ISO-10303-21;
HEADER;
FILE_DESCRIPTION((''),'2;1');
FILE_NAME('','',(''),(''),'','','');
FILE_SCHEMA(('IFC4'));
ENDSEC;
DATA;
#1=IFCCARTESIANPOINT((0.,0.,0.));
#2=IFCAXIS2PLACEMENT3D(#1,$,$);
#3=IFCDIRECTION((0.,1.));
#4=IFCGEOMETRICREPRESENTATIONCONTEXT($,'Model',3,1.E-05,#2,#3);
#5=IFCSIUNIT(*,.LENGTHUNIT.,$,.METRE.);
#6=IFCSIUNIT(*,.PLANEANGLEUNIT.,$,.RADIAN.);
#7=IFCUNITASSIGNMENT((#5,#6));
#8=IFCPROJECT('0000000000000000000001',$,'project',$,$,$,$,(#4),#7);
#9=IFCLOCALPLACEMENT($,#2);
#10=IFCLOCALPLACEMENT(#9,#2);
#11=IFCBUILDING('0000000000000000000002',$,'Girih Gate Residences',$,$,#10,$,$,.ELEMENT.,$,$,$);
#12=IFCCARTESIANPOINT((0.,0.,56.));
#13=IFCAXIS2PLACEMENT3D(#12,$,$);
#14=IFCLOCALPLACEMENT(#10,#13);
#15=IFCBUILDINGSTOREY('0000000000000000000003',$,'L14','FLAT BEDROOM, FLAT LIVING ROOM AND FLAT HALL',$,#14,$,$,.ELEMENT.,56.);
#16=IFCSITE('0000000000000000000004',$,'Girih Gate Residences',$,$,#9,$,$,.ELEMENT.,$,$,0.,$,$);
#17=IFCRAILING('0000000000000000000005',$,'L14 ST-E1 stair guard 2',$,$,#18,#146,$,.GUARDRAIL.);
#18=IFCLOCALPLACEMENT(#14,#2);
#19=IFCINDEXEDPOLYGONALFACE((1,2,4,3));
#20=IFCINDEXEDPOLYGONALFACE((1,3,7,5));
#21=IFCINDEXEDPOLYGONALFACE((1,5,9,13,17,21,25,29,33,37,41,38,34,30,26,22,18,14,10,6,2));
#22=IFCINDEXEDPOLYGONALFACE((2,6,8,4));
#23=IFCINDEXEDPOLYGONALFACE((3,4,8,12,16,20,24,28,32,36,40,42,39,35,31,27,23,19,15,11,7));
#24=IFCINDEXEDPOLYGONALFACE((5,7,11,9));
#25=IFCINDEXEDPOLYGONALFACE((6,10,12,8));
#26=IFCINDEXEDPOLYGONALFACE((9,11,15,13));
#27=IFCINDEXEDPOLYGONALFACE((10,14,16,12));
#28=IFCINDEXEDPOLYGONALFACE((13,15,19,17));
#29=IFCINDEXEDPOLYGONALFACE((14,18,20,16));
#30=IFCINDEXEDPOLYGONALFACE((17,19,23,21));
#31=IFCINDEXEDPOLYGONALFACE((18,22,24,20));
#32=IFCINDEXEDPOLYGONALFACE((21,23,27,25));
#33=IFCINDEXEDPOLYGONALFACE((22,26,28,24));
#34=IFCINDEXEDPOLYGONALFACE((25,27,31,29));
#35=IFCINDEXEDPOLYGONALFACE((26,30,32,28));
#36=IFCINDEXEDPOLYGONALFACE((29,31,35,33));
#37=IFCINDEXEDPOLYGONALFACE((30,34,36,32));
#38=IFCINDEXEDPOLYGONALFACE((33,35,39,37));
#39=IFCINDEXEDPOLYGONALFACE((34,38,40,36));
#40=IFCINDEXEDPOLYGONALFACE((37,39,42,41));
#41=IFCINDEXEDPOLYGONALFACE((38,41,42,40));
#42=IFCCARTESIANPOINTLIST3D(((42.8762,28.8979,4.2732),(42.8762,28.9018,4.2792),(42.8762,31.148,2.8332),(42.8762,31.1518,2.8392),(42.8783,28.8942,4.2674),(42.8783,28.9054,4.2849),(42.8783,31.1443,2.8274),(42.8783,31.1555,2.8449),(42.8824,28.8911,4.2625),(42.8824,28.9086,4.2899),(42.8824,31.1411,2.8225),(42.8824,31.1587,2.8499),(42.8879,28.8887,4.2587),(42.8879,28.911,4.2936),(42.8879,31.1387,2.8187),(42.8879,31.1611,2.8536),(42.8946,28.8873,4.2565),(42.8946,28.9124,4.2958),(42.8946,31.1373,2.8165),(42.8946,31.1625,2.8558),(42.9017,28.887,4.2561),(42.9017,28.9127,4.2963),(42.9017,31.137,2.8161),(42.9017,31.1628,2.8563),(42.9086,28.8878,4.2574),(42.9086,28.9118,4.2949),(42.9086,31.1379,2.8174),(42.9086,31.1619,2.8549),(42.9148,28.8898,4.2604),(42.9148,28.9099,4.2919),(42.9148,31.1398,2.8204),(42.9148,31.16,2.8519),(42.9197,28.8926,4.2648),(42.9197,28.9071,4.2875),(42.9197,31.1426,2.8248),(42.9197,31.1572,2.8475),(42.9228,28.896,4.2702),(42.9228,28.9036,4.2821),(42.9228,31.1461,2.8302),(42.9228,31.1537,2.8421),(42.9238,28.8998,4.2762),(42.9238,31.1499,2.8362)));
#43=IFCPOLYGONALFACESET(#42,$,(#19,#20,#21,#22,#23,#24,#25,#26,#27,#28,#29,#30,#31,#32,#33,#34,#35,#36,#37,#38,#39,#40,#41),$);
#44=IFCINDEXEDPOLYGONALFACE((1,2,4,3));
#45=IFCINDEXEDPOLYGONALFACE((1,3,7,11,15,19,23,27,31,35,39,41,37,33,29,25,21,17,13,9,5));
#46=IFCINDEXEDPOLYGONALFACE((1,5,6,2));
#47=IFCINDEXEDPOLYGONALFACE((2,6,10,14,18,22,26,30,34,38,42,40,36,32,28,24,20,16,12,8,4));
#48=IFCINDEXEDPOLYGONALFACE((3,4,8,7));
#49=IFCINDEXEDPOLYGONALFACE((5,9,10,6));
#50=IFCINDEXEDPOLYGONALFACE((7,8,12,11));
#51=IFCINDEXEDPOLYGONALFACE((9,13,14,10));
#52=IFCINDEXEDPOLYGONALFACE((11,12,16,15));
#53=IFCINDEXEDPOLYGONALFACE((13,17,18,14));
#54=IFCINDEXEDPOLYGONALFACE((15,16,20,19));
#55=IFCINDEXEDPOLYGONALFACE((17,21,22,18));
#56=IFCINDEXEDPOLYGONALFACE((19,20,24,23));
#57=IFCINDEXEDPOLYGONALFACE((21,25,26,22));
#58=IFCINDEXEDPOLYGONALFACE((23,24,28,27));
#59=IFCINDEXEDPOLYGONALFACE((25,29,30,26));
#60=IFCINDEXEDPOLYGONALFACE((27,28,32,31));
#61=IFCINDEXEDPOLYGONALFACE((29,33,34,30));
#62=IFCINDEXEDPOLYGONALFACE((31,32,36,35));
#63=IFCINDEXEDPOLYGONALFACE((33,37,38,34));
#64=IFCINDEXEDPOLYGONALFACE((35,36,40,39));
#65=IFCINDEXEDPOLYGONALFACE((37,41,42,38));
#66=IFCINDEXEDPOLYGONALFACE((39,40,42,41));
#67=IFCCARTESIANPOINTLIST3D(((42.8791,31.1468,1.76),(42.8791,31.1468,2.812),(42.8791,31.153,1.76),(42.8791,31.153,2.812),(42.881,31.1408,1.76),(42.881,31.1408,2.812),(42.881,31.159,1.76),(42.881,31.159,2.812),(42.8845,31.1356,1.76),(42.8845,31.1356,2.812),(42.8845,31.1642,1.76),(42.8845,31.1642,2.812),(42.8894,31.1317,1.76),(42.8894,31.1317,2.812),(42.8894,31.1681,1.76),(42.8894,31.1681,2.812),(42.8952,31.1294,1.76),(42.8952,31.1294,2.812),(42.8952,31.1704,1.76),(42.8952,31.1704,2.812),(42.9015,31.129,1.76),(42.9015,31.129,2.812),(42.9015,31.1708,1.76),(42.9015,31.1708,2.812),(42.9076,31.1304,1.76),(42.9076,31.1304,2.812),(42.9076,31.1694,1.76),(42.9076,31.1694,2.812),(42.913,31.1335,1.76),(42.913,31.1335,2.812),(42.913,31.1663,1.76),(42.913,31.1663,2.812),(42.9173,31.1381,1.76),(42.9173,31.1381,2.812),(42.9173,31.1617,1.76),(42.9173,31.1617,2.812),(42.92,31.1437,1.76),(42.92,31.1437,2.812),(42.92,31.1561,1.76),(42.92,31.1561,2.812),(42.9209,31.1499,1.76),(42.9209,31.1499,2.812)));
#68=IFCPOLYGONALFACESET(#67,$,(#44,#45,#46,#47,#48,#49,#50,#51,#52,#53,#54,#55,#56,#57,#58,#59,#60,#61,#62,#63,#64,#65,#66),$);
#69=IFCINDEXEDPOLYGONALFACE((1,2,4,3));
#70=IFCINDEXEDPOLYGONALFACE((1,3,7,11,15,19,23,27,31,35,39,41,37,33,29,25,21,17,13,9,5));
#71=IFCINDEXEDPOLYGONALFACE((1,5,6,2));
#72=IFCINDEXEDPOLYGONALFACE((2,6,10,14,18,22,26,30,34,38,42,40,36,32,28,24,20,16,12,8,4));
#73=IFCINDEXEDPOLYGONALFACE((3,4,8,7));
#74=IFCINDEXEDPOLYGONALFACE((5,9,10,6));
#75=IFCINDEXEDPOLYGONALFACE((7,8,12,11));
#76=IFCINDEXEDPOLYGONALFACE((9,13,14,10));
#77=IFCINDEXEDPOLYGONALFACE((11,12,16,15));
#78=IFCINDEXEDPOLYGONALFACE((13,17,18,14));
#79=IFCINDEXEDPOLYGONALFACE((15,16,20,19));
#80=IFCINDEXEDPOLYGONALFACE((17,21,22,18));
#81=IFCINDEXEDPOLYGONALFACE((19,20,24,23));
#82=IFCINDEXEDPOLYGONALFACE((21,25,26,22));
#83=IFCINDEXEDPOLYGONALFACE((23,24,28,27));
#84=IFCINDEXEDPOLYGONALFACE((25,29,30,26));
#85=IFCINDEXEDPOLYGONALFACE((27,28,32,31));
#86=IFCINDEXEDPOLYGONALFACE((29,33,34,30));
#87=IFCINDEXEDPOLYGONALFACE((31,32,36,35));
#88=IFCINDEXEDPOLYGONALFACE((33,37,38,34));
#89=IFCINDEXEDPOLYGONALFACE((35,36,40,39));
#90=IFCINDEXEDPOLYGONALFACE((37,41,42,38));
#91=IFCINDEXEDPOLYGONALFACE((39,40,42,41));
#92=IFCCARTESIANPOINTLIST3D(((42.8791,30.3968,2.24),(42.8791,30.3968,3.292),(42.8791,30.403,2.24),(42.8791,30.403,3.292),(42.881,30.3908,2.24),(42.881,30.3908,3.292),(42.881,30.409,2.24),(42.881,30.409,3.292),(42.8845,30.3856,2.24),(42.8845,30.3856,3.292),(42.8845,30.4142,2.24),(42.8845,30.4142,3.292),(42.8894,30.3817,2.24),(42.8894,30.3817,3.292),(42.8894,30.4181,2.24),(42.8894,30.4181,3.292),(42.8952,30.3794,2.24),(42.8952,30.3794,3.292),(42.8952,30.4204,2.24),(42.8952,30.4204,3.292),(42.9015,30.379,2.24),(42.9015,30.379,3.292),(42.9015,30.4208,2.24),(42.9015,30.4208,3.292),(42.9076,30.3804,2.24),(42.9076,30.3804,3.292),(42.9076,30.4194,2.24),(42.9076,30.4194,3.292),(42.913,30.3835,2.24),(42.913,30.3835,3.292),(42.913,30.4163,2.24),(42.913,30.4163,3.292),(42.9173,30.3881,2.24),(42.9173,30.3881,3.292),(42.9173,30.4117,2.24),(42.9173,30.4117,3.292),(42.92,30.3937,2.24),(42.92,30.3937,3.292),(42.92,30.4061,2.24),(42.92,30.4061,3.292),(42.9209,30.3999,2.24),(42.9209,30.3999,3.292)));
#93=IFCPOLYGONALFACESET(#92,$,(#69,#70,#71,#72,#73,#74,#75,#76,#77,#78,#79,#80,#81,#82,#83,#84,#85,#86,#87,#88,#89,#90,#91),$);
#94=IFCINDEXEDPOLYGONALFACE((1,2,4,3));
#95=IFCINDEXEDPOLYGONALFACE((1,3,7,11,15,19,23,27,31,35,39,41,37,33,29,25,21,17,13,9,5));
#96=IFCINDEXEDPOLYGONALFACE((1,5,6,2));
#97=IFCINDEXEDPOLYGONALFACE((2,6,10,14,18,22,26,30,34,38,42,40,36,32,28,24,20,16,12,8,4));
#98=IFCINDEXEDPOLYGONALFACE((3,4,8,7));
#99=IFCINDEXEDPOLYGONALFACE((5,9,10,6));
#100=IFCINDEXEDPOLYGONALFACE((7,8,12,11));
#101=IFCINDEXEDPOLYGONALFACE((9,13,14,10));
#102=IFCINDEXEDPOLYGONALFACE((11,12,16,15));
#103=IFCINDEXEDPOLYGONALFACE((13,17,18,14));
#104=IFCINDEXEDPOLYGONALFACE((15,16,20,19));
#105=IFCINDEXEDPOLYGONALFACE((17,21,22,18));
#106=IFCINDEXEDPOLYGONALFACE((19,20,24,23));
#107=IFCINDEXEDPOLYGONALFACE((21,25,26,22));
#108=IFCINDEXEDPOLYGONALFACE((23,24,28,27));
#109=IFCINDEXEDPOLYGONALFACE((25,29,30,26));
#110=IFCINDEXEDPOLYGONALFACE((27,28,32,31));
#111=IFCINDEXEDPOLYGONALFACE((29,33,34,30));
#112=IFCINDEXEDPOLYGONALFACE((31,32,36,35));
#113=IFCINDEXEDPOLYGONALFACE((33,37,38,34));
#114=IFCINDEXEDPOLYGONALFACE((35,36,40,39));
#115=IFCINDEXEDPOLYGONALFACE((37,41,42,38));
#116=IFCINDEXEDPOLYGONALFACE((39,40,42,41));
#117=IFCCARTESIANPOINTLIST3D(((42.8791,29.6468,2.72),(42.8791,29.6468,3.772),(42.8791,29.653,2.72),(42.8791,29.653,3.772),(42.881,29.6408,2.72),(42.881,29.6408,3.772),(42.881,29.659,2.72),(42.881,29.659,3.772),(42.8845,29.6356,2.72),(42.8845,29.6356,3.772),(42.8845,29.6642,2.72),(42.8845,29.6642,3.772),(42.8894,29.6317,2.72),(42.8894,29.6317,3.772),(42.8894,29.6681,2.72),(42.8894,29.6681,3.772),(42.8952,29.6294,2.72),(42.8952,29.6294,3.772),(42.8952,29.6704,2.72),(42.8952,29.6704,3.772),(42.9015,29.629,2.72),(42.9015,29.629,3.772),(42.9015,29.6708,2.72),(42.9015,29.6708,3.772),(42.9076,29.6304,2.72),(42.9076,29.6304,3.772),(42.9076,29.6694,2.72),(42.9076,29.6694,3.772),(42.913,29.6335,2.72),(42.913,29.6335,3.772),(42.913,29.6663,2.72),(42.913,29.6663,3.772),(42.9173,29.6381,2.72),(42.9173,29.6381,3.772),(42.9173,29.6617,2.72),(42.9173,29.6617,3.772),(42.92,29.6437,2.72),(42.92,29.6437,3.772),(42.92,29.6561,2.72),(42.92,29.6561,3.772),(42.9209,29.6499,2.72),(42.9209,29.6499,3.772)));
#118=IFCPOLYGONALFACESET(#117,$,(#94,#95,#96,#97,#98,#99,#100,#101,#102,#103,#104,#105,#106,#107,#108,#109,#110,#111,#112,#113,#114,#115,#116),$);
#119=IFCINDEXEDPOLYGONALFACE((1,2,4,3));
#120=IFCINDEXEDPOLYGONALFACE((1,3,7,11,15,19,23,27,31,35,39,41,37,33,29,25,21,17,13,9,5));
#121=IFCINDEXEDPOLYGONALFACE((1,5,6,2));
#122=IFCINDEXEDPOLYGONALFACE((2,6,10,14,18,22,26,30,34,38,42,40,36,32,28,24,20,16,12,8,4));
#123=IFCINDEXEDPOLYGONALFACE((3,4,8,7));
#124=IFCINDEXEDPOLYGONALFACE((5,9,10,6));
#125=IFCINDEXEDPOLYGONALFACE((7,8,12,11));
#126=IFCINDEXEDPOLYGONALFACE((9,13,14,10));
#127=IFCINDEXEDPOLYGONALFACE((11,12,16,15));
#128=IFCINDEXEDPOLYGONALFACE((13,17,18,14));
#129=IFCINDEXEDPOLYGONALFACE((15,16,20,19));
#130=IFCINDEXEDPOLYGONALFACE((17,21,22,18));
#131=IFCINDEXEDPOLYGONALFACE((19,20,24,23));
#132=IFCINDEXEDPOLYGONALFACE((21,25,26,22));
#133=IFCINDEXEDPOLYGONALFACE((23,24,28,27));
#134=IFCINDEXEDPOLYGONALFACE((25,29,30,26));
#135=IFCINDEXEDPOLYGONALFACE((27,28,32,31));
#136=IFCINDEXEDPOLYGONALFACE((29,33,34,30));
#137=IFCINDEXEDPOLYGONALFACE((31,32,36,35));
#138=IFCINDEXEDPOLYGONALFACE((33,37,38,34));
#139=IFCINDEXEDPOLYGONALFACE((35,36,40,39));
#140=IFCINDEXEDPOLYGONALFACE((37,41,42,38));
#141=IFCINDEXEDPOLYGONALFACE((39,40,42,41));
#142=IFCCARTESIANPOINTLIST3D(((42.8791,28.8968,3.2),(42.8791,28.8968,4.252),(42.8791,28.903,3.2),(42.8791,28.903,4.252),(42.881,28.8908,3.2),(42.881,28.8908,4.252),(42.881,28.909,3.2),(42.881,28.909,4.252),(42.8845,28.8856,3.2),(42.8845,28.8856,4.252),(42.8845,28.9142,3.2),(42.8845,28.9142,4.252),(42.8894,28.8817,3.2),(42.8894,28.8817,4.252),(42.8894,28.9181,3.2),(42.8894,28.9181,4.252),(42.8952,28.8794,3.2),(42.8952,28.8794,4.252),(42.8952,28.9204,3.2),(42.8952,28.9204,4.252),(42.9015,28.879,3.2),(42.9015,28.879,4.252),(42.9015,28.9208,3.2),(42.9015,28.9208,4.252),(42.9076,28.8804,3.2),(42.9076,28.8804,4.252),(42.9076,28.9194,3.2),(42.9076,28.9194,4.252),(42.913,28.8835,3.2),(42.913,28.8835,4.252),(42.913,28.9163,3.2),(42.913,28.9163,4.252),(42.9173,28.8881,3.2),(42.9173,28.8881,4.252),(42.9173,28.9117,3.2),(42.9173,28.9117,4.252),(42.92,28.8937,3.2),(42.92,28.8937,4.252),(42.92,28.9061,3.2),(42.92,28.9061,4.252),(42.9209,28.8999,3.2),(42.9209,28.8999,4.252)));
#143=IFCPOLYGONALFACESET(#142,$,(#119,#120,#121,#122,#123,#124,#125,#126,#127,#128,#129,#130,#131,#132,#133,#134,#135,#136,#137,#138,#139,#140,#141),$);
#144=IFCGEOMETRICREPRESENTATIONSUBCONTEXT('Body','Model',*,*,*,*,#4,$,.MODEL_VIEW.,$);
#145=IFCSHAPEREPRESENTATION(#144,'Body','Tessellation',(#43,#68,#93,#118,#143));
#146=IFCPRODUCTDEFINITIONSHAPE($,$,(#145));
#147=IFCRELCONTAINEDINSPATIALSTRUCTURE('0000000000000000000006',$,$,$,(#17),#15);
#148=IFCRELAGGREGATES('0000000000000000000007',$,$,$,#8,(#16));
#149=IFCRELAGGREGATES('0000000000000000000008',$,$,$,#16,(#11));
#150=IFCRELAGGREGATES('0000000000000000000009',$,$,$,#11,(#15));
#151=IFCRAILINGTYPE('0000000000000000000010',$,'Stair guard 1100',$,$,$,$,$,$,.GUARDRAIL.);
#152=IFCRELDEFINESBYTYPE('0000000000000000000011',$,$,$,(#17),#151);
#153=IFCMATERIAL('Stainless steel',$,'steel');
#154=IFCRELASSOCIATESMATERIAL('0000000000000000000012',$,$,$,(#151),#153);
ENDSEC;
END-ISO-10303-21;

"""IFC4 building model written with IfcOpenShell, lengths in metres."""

from ifc_helpers import new_model, si_unit, direction, frame, origin, origin_2d, place, context, subcontext, project, spatial, circle, extrude, material, type_object, element, save


model = new_model("IFC4")

# Units and contexts
model_context = context("Model", 3, precision=1e-05, world=origin(), true_north=direction((0.0, 1.0)))
body_context = subcontext(model_context, "Body", "Model", "MODEL_VIEW")
ifc_project = project(units=[si_unit("LENGTHUNIT", "METRE"), si_unit("PLANEANGLEUNIT", "RADIAN")], contexts=[model_context])

# Site, building, storey
site_placement = place(None, origin())
site = spatial("IfcSite", under=ifc_project, at=site_placement, Name="Girih Gate Residences", CompositionType="ELEMENT", RefElevation=0.0)
building_placement = place(site_placement, origin())
building = spatial("IfcBuilding", under=site, at=building_placement, Name="Girih Gate Residences", CompositionType="ELEMENT")
storey_placement = place(building_placement, frame((0.0, 0.0, 56.0)))
storey = spatial("IfcBuildingStorey", under=building, at=storey_placement, Name="L14", Description="FLAT BEDROOM, FLAT LIVING ROOM AND FLAT HALL", CompositionType="ELEMENT", Elevation=56.0)

# Railing
ifc_material_1 = material(Name="Stainless steel", Category="steel")
railing_type_1 = type_object("IfcRailingType", Name="Stair guard 1100", PredefinedType="GUARDRAIL", material=ifc_material_1)
railing_1_placement = place(storey_placement, frame((42.8999, 31.1499, 1.76)))
element("IfcRailing", 1, at=railing_1_placement, inside=storey, type_object=railing_type_1, Name="L14 ST-E1 stair guard 2", PredefinedType="GUARDRAIL", context=body_context, shape_type="SweptSolid", body=[
    extrude(circle(Radius=0.0239, at=origin_2d()), frame((0.0, 0.0, 1.0762), z_axis=(0.0, -0.842281, 0.539038), x_axis=(1.0, 0.0, 0.0)), (0.0, 0.0, 1.0), 2.6714),
    extrude(circle(Radius=0.021, at=origin_2d()), origin(), (0.0, 0.0, 1.0), 1.052),
    extrude(circle(Radius=0.021, at=origin_2d()), frame((0.0, -0.75, 0.48)), (0.0, 0.0, 1.0), 1.052),
    extrude(circle(Radius=0.021, at=origin_2d()), frame((0.0, -1.5, 0.96)), (0.0, 0.0, 1.0), 1.052),
    extrude(circle(Radius=0.021, at=origin_2d()), frame((0.0, -2.25, 1.4399)), (0.0, 0.0, 1.0), 1.052),
])

save(model, "model.ifc")
